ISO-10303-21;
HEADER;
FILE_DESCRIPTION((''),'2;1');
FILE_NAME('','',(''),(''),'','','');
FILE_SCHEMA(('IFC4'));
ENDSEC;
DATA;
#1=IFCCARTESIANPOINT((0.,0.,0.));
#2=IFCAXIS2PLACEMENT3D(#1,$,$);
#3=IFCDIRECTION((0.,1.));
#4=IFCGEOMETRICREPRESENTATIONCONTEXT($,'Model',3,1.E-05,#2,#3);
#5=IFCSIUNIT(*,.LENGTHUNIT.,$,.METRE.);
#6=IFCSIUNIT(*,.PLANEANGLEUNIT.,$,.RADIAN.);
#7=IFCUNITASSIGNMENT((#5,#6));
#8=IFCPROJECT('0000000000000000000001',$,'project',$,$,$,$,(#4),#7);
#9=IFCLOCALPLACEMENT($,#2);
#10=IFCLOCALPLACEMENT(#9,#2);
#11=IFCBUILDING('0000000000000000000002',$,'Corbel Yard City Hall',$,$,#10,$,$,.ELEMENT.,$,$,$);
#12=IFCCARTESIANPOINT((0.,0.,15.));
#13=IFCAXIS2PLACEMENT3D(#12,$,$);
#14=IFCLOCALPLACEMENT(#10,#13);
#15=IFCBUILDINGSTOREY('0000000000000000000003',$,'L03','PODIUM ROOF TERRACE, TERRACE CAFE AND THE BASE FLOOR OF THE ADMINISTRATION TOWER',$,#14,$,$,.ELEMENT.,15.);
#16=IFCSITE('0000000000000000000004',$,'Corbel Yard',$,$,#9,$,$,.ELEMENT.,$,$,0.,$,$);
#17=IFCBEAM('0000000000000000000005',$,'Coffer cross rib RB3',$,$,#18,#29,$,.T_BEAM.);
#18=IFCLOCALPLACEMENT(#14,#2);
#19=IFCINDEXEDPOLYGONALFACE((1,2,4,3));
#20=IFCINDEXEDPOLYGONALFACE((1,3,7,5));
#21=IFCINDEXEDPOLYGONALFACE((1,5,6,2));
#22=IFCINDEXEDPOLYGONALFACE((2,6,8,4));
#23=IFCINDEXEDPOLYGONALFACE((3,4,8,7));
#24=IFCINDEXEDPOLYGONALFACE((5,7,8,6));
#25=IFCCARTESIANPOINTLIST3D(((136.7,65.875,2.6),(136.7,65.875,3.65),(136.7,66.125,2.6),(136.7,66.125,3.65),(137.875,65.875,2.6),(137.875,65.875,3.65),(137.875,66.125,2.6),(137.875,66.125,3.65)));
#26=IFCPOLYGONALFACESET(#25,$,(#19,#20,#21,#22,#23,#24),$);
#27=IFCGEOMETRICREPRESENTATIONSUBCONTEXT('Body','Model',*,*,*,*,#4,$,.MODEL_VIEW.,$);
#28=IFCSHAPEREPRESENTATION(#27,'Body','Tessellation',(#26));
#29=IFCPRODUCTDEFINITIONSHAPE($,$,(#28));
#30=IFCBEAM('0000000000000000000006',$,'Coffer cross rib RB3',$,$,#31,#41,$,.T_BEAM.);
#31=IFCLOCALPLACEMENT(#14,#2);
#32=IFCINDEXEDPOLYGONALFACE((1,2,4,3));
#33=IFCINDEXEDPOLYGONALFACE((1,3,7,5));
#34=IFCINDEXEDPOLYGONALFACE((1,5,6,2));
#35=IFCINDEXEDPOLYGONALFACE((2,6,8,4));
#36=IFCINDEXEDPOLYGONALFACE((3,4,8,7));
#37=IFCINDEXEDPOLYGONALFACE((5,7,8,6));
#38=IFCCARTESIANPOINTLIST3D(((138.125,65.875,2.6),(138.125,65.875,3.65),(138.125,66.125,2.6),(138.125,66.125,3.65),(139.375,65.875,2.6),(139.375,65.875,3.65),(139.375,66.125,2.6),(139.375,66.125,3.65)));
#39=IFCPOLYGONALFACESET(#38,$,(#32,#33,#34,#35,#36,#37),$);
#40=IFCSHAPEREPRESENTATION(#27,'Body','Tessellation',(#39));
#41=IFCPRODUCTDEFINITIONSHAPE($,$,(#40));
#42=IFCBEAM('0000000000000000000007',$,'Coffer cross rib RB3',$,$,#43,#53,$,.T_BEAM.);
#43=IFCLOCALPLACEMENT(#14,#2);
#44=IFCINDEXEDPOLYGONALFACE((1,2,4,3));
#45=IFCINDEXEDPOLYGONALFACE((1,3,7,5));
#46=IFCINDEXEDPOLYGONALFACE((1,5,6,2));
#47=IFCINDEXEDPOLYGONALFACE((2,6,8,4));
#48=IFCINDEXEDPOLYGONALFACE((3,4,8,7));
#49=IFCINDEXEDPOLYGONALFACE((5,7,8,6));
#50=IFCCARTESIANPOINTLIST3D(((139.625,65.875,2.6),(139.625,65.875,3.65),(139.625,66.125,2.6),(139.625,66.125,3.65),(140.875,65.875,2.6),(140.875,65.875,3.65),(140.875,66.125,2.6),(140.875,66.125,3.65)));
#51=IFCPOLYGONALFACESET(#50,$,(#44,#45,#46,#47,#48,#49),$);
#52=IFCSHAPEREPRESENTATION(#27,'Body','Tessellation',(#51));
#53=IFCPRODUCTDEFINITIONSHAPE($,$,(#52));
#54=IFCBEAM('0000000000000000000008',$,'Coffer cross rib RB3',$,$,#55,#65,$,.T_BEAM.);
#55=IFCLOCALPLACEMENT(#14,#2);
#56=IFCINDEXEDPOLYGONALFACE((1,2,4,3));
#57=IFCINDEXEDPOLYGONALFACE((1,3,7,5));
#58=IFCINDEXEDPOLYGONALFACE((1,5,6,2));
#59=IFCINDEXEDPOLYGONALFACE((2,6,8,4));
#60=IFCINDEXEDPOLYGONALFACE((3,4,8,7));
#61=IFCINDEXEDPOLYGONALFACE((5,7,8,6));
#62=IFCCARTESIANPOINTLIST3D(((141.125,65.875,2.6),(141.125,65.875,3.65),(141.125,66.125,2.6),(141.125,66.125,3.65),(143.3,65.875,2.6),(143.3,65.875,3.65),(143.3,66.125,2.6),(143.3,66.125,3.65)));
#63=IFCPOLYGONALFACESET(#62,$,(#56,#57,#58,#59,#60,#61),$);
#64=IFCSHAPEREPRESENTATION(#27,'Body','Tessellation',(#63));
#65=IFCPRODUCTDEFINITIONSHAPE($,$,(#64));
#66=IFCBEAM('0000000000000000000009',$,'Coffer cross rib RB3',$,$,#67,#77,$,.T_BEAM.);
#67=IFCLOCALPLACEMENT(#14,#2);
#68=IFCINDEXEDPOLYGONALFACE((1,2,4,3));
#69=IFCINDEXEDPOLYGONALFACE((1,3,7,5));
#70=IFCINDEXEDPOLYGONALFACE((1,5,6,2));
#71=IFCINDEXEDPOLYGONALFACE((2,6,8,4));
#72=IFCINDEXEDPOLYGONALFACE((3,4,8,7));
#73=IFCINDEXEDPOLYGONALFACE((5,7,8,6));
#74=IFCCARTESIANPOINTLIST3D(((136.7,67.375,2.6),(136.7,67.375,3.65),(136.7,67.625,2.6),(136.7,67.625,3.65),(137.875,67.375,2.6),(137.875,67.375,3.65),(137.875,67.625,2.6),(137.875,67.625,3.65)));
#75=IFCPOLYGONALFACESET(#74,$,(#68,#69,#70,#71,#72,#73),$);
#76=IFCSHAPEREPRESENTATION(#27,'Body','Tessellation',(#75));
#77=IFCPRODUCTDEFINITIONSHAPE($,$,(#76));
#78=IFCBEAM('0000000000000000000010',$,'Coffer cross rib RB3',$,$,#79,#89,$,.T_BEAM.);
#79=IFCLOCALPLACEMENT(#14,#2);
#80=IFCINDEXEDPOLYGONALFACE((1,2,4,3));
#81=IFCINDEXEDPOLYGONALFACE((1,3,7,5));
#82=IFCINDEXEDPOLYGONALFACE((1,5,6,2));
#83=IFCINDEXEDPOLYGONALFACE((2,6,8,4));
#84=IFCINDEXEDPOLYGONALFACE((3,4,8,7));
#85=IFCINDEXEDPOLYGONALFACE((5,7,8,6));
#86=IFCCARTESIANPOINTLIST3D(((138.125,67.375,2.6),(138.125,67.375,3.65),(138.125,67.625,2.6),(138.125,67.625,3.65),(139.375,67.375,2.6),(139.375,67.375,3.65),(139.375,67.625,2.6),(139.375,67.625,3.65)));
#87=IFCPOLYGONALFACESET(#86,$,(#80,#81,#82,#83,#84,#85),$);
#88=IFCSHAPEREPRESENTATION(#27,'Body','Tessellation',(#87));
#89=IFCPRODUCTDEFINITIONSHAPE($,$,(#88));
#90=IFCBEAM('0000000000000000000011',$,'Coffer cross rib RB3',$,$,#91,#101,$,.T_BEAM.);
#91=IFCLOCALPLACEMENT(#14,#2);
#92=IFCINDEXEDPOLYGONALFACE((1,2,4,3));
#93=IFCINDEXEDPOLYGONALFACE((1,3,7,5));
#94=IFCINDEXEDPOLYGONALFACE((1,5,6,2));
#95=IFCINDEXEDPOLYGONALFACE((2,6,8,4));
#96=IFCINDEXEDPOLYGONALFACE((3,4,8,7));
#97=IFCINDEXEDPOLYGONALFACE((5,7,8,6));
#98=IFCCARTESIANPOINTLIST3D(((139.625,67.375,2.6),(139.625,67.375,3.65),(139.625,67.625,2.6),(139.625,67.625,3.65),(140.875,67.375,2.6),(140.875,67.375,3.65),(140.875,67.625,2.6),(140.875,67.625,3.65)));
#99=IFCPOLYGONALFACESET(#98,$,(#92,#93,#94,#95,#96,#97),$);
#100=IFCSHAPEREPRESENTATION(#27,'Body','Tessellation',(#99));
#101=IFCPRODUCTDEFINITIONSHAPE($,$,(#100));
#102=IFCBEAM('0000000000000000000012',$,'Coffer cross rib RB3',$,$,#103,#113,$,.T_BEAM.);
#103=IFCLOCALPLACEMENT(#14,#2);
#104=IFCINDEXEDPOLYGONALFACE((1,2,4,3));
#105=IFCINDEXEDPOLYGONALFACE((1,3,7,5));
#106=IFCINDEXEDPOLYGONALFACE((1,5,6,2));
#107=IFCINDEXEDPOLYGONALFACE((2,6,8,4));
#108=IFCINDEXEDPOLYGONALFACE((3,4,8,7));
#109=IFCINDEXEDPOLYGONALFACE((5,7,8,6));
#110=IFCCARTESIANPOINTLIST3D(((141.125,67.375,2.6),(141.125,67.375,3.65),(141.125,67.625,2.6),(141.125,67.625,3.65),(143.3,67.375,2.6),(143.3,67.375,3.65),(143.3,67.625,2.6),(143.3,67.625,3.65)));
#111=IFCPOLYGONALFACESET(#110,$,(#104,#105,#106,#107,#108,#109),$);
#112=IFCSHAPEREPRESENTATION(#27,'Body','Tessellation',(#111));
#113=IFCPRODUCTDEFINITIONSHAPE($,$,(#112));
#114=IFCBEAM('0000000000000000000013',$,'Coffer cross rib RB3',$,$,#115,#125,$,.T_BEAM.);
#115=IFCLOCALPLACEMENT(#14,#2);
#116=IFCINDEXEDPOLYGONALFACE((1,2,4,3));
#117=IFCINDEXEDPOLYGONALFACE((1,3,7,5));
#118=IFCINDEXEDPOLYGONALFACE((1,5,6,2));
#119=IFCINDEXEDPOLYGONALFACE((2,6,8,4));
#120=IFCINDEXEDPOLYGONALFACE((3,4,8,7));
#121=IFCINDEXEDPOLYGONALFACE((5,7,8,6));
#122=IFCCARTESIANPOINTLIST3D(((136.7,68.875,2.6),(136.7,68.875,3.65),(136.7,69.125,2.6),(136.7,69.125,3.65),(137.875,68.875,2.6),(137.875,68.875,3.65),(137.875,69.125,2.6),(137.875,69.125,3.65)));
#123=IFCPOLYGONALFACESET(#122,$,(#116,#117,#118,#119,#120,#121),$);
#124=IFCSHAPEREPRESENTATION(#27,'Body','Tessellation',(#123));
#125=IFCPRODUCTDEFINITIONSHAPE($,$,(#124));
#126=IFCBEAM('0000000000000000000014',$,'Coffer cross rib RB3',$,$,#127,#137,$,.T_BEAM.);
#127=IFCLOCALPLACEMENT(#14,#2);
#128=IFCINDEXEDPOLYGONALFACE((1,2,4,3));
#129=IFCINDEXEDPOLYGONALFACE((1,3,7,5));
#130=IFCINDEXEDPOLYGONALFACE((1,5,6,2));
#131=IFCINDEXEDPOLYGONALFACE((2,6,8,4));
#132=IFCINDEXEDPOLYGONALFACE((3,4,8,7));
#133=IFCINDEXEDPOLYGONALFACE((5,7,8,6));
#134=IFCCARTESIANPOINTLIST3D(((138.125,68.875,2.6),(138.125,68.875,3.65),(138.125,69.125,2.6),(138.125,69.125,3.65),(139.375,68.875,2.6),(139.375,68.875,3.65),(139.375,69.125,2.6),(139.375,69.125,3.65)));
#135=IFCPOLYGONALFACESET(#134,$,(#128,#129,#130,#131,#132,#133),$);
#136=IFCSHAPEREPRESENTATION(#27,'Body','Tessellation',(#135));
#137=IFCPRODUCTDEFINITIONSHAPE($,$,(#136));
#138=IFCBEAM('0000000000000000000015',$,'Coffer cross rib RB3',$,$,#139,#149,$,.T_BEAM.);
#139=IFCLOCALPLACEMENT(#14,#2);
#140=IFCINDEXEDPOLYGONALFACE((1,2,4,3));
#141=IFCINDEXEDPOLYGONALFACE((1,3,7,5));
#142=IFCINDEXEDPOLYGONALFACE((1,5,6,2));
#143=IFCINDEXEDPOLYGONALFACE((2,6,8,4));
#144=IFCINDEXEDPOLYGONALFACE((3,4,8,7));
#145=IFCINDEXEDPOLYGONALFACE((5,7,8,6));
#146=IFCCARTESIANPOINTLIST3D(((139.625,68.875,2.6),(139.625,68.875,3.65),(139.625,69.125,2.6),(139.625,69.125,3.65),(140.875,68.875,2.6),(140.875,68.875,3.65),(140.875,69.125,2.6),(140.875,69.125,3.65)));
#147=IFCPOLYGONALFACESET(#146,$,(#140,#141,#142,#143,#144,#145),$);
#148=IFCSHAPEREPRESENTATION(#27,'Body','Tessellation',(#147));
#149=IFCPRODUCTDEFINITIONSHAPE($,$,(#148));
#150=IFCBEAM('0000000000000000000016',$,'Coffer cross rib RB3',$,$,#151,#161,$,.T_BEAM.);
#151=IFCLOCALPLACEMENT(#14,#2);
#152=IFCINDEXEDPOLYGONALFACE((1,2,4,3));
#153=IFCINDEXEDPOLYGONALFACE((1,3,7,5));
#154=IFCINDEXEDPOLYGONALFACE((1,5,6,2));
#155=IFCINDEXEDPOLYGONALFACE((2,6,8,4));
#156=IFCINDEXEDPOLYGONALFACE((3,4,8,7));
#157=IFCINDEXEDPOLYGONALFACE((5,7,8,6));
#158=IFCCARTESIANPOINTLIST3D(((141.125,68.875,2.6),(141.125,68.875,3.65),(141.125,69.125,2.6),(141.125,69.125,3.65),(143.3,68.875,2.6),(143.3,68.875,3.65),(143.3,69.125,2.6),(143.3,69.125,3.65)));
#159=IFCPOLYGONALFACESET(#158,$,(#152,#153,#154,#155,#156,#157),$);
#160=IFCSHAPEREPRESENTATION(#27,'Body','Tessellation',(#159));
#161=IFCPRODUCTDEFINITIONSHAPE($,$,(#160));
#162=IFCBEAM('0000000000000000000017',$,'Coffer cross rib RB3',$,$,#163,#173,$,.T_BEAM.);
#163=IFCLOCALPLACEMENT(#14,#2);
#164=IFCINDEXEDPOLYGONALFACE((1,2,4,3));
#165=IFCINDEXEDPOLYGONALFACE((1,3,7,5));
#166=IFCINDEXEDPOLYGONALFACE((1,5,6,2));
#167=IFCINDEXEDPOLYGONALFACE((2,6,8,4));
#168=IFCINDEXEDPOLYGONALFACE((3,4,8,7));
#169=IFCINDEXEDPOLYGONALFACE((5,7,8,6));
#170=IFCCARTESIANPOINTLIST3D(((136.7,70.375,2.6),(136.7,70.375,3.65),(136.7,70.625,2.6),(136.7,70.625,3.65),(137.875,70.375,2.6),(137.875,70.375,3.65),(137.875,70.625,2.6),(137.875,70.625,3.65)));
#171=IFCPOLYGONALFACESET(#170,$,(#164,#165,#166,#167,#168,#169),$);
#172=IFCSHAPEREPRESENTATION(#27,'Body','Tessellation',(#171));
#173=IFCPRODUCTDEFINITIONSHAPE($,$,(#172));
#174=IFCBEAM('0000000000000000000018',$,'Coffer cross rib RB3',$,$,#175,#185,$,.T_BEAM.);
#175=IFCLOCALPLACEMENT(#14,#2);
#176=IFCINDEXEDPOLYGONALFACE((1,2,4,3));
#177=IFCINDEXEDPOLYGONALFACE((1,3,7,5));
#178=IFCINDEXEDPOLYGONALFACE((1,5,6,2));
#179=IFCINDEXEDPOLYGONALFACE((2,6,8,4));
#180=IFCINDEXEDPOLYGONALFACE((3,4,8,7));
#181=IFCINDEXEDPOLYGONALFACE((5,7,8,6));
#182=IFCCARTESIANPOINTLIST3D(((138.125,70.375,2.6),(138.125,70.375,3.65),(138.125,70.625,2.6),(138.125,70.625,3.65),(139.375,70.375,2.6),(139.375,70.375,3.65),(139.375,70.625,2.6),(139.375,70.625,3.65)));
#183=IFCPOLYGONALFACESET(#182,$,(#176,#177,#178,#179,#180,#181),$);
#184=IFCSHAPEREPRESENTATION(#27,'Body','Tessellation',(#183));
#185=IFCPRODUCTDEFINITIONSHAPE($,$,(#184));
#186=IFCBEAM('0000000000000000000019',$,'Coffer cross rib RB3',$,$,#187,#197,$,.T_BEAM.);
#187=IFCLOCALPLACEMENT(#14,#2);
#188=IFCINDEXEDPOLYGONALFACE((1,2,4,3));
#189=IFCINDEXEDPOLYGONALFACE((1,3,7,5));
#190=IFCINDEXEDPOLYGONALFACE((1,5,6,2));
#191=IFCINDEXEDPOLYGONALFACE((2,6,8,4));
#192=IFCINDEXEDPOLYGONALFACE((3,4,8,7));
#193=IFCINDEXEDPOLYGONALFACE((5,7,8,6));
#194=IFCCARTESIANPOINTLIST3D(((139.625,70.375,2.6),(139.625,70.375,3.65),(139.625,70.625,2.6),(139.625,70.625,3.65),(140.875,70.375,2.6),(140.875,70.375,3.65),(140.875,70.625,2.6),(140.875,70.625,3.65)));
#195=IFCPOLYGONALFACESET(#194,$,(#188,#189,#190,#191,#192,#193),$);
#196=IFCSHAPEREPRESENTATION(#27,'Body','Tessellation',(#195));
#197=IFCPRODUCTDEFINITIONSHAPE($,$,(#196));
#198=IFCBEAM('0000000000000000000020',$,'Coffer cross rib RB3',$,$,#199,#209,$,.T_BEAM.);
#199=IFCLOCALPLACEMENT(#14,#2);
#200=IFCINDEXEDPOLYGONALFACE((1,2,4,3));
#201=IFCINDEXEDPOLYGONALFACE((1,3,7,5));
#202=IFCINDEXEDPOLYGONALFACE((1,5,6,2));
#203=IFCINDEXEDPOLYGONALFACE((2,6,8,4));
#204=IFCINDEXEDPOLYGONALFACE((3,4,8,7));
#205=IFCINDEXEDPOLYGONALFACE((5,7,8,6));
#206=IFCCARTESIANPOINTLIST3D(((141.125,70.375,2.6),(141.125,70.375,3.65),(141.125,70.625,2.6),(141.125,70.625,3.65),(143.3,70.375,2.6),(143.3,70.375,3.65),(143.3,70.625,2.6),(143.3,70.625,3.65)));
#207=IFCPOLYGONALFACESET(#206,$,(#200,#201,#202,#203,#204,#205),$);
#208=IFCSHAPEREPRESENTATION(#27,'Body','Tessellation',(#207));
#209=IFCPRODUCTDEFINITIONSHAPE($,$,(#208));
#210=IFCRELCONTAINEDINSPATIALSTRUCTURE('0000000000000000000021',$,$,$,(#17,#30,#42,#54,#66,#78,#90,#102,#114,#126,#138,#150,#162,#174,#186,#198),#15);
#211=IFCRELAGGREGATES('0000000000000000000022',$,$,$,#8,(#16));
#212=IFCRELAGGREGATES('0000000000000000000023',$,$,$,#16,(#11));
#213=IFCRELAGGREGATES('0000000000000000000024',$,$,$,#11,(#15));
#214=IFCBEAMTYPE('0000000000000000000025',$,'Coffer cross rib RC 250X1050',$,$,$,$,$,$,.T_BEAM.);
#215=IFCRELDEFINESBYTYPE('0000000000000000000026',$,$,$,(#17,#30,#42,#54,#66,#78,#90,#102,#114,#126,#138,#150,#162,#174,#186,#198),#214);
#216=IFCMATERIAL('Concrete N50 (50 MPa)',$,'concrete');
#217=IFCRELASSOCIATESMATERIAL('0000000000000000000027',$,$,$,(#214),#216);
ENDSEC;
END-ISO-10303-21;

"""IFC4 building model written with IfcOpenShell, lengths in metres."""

from ifc_helpers import new_model, si_unit, direction, frame, origin, origin_2d, place, context, subcontext, project, spatial, rectangle, extrude, material, material_profile, profile_set, type_object, element, save


model = new_model("IFC4")

# Units and contexts
model_context = context("Model", 3, precision=1e-05, world=origin(), true_north=direction((0.0, 1.0)))
body_context = subcontext(model_context, "Body", "Model", "MODEL_VIEW")
ifc_project = project(units=[si_unit("LENGTHUNIT", "METRE"), si_unit("PLANEANGLEUNIT", "RADIAN")], contexts=[model_context])

# Site, building, storey
site_placement = place(None, origin())
site = spatial("IfcSite", under=ifc_project, at=site_placement, Name="Corbel Yard", CompositionType="ELEMENT", RefElevation=0.0)
building_placement = place(site_placement, origin())
building = spatial("IfcBuilding", under=site, at=building_placement, Name="Corbel Yard City Hall", CompositionType="ELEMENT")
storey_placement = place(building_placement, frame((0.0, 0.0, 15.0)))
storey = spatial("IfcBuildingStorey", under=building, at=storey_placement, Name="L03", Description="PODIUM ROOF TERRACE, TERRACE CAFE AND THE BASE FLOOR OF THE ADMINISTRATION TOWER", CompositionType="ELEMENT", Elevation=15.0)

# Beams
ifc_material_1 = material(Name="Concrete N50 (50 MPa)", Category="concrete")
ifc_material_profile_1 = material_profile(ifc_material_1, rectangle(XDim=0.25, YDim=1.05, at=origin_2d()), Name="250x1050")
ifc_profile_set_1 = profile_set([ifc_material_profile_1], Name="Concrete N50 (50 MPa)")
beam_type = type_object("IfcBeamType", Name="Coffer cross rib RC 250X1050", PredefinedType="T_BEAM", material=ifc_profile_set_1)
beam_1_placement = place(storey_placement, frame((136.7, 66.0, 3.125), z_axis=(1.0, 0.0, 0.0), x_axis=(0.0, 1.0, 0.0)))
element("IfcBeam", 1, at=beam_1_placement, inside=storey, type_object=beam_type, Name="Coffer cross rib RB3", PredefinedType="T_BEAM", context=body_context, shape_type="SweptSolid", body=[
    extrude(rectangle(XDim=0.25, YDim=1.05, at=origin_2d()), origin(), (0.0, 0.0, 1.0), 1.175),
])
for number, where, z_axis, x_axis, name in (
    (2, (138.125, 66.0, 3.125), (1.0, 0.0, 0.0), (0.0, 1.0, 0.0), "Coffer cross rib RB3"),
    (3, (139.625, 66.0, 3.125), (1.0, 0.0, 0.0), (0.0, 1.0, 0.0), "Coffer cross rib RB3"),
):
    element("IfcBeam", number, at=place(storey_placement, frame(where, z_axis=z_axis, x_axis=x_axis)), inside=storey, type_object=beam_type, Name=name, PredefinedType="T_BEAM", context=body_context, shape_type="SweptSolid", body=[
        extrude(rectangle(XDim=0.25, YDim=1.05, at=origin_2d()), origin(), (0.0, 0.0, 1.0), 1.25),
    ])
beam_2_placement = place(storey_placement, frame((141.125, 66.0, 3.125), z_axis=(1.0, 0.0, 0.0), x_axis=(0.0, 1.0, 0.0)))
element("IfcBeam", 4, at=beam_2_placement, inside=storey, type_object=beam_type, Name="Coffer cross rib RB3", PredefinedType="T_BEAM", context=body_context, shape_type="SweptSolid", body=[
    extrude(rectangle(XDim=0.25, YDim=1.05, at=origin_2d()), origin(), (0.0, 0.0, 1.0), 2.175),
])
beam_3_placement = place(storey_placement, frame((136.7, 67.5, 3.125), z_axis=(1.0, 0.0, 0.0), x_axis=(0.0, 1.0, 0.0)))
element("IfcBeam", 5, at=beam_3_placement, inside=storey, type_object=beam_type, Name="Coffer cross rib RB3", PredefinedType="T_BEAM", context=body_context, shape_type="SweptSolid", body=[
    extrude(rectangle(XDim=0.25, YDim=1.05, at=origin_2d()), origin(), (0.0, 0.0, 1.0), 1.175),
])
for number, where, z_axis, x_axis, name in (
    (6, (138.125, 67.5, 3.125), (1.0, 0.0, 0.0), (0.0, 1.0, 0.0), "Coffer cross rib RB3"),
    (7, (139.625, 67.5, 3.125), (1.0, 0.0, 0.0), (0.0, 1.0, 0.0), "Coffer cross rib RB3"),
):
    element("IfcBeam", number, at=place(storey_placement, frame(where, z_axis=z_axis, x_axis=x_axis)), inside=storey, type_object=beam_type, Name=name, PredefinedType="T_BEAM", context=body_context, shape_type="SweptSolid", body=[
        extrude(rectangle(XDim=0.25, YDim=1.05, at=origin_2d()), origin(), (0.0, 0.0, 1.0), 1.25),
    ])
beam_4_placement = place(storey_placement, frame((141.125, 67.5, 3.125), z_axis=(1.0, 0.0, 0.0), x_axis=(0.0, 1.0, 0.0)))
element("IfcBeam", 8, at=beam_4_placement, inside=storey, type_object=beam_type, Name="Coffer cross rib RB3", PredefinedType="T_BEAM", context=body_context, shape_type="SweptSolid", body=[
    extrude(rectangle(XDim=0.25, YDim=1.05, at=origin_2d()), origin(), (0.0, 0.0, 1.0), 2.175),
])
beam_5_placement = place(storey_placement, frame((136.7, 69.0, 3.125), z_axis=(1.0, 0.0, 0.0), x_axis=(0.0, 1.0, 0.0)))
element("IfcBeam", 9, at=beam_5_placement, inside=storey, type_object=beam_type, Name="Coffer cross rib RB3", PredefinedType="T_BEAM", context=body_context, shape_type="SweptSolid", body=[
    extrude(rectangle(XDim=0.25, YDim=1.05, at=origin_2d()), origin(), (0.0, 0.0, 1.0), 1.175),
])
for number, where, z_axis, x_axis, name in (
    (10, (138.125, 69.0, 3.125), (1.0, 0.0, 0.0), (0.0, 1.0, 0.0), "Coffer cross rib RB3"),
    (11, (139.625, 69.0, 3.125), (1.0, 0.0, 0.0), (0.0, 1.0, 0.0), "Coffer cross rib RB3"),
):
    element("IfcBeam", number, at=place(storey_placement, frame(where, z_axis=z_axis, x_axis=x_axis)), inside=storey, type_object=beam_type, Name=name, PredefinedType="T_BEAM", context=body_context, shape_type="SweptSolid", body=[
        extrude(rectangle(XDim=0.25, YDim=1.05, at=origin_2d()), origin(), (0.0, 0.0, 1.0), 1.25),
    ])
beam_6_placement = place(storey_placement, frame((141.125, 69.0, 3.125), z_axis=(1.0, 0.0, 0.0), x_axis=(0.0, 1.0, 0.0)))
element("IfcBeam", 12, at=beam_6_placement, inside=storey, type_object=beam_type, Name="Coffer cross rib RB3", PredefinedType="T_BEAM", context=body_context, shape_type="SweptSolid", body=[
    extrude(rectangle(XDim=0.25, YDim=1.05, at=origin_2d()), origin(), (0.0, 0.0, 1.0), 2.175),
])
beam_7_placement = place(storey_placement, frame((136.7, 70.5, 3.125), z_axis=(1.0, 0.0, 0.0), x_axis=(0.0, 1.0, 0.0)))
element("IfcBeam", 13, at=beam_7_placement, inside=storey, type_object=beam_type, Name="Coffer cross rib RB3", PredefinedType="T_BEAM", context=body_context, shape_type="SweptSolid", body=[
    extrude(rectangle(XDim=0.25, YDim=1.05, at=origin_2d()), origin(), (0.0, 0.0, 1.0), 1.175),
])
for number, where, z_axis, x_axis, name in (
    (14, (138.125, 70.5, 3.125), (1.0, 0.0, 0.0), (0.0, 1.0, 0.0), "Coffer cross rib RB3"),
    (15, (139.625, 70.5, 3.125), (1.0, 0.0, 0.0), (0.0, 1.0, 0.0), "Coffer cross rib RB3"),
):
    element("IfcBeam", number, at=place(storey_placement, frame(where, z_axis=z_axis, x_axis=x_axis)), inside=storey, type_object=beam_type, Name=name, PredefinedType="T_BEAM", context=body_context, shape_type="SweptSolid", body=[
        extrude(rectangle(XDim=0.25, YDim=1.05, at=origin_2d()), origin(), (0.0, 0.0, 1.0), 1.25),
    ])
beam_8_placement = place(storey_placement, frame((141.125, 70.5, 3.125), z_axis=(1.0, 0.0, 0.0), x_axis=(0.0, 1.0, 0.0)))
element("IfcBeam", 16, at=beam_8_placement, inside=storey, type_object=beam_type, Name="Coffer cross rib RB3", PredefinedType="T_BEAM", context=body_context, shape_type="SweptSolid", body=[
    extrude(rectangle(XDim=0.25, YDim=1.05, at=origin_2d()), origin(), (0.0, 0.0, 1.0), 2.175),
])

save(model, "model.ifc")
